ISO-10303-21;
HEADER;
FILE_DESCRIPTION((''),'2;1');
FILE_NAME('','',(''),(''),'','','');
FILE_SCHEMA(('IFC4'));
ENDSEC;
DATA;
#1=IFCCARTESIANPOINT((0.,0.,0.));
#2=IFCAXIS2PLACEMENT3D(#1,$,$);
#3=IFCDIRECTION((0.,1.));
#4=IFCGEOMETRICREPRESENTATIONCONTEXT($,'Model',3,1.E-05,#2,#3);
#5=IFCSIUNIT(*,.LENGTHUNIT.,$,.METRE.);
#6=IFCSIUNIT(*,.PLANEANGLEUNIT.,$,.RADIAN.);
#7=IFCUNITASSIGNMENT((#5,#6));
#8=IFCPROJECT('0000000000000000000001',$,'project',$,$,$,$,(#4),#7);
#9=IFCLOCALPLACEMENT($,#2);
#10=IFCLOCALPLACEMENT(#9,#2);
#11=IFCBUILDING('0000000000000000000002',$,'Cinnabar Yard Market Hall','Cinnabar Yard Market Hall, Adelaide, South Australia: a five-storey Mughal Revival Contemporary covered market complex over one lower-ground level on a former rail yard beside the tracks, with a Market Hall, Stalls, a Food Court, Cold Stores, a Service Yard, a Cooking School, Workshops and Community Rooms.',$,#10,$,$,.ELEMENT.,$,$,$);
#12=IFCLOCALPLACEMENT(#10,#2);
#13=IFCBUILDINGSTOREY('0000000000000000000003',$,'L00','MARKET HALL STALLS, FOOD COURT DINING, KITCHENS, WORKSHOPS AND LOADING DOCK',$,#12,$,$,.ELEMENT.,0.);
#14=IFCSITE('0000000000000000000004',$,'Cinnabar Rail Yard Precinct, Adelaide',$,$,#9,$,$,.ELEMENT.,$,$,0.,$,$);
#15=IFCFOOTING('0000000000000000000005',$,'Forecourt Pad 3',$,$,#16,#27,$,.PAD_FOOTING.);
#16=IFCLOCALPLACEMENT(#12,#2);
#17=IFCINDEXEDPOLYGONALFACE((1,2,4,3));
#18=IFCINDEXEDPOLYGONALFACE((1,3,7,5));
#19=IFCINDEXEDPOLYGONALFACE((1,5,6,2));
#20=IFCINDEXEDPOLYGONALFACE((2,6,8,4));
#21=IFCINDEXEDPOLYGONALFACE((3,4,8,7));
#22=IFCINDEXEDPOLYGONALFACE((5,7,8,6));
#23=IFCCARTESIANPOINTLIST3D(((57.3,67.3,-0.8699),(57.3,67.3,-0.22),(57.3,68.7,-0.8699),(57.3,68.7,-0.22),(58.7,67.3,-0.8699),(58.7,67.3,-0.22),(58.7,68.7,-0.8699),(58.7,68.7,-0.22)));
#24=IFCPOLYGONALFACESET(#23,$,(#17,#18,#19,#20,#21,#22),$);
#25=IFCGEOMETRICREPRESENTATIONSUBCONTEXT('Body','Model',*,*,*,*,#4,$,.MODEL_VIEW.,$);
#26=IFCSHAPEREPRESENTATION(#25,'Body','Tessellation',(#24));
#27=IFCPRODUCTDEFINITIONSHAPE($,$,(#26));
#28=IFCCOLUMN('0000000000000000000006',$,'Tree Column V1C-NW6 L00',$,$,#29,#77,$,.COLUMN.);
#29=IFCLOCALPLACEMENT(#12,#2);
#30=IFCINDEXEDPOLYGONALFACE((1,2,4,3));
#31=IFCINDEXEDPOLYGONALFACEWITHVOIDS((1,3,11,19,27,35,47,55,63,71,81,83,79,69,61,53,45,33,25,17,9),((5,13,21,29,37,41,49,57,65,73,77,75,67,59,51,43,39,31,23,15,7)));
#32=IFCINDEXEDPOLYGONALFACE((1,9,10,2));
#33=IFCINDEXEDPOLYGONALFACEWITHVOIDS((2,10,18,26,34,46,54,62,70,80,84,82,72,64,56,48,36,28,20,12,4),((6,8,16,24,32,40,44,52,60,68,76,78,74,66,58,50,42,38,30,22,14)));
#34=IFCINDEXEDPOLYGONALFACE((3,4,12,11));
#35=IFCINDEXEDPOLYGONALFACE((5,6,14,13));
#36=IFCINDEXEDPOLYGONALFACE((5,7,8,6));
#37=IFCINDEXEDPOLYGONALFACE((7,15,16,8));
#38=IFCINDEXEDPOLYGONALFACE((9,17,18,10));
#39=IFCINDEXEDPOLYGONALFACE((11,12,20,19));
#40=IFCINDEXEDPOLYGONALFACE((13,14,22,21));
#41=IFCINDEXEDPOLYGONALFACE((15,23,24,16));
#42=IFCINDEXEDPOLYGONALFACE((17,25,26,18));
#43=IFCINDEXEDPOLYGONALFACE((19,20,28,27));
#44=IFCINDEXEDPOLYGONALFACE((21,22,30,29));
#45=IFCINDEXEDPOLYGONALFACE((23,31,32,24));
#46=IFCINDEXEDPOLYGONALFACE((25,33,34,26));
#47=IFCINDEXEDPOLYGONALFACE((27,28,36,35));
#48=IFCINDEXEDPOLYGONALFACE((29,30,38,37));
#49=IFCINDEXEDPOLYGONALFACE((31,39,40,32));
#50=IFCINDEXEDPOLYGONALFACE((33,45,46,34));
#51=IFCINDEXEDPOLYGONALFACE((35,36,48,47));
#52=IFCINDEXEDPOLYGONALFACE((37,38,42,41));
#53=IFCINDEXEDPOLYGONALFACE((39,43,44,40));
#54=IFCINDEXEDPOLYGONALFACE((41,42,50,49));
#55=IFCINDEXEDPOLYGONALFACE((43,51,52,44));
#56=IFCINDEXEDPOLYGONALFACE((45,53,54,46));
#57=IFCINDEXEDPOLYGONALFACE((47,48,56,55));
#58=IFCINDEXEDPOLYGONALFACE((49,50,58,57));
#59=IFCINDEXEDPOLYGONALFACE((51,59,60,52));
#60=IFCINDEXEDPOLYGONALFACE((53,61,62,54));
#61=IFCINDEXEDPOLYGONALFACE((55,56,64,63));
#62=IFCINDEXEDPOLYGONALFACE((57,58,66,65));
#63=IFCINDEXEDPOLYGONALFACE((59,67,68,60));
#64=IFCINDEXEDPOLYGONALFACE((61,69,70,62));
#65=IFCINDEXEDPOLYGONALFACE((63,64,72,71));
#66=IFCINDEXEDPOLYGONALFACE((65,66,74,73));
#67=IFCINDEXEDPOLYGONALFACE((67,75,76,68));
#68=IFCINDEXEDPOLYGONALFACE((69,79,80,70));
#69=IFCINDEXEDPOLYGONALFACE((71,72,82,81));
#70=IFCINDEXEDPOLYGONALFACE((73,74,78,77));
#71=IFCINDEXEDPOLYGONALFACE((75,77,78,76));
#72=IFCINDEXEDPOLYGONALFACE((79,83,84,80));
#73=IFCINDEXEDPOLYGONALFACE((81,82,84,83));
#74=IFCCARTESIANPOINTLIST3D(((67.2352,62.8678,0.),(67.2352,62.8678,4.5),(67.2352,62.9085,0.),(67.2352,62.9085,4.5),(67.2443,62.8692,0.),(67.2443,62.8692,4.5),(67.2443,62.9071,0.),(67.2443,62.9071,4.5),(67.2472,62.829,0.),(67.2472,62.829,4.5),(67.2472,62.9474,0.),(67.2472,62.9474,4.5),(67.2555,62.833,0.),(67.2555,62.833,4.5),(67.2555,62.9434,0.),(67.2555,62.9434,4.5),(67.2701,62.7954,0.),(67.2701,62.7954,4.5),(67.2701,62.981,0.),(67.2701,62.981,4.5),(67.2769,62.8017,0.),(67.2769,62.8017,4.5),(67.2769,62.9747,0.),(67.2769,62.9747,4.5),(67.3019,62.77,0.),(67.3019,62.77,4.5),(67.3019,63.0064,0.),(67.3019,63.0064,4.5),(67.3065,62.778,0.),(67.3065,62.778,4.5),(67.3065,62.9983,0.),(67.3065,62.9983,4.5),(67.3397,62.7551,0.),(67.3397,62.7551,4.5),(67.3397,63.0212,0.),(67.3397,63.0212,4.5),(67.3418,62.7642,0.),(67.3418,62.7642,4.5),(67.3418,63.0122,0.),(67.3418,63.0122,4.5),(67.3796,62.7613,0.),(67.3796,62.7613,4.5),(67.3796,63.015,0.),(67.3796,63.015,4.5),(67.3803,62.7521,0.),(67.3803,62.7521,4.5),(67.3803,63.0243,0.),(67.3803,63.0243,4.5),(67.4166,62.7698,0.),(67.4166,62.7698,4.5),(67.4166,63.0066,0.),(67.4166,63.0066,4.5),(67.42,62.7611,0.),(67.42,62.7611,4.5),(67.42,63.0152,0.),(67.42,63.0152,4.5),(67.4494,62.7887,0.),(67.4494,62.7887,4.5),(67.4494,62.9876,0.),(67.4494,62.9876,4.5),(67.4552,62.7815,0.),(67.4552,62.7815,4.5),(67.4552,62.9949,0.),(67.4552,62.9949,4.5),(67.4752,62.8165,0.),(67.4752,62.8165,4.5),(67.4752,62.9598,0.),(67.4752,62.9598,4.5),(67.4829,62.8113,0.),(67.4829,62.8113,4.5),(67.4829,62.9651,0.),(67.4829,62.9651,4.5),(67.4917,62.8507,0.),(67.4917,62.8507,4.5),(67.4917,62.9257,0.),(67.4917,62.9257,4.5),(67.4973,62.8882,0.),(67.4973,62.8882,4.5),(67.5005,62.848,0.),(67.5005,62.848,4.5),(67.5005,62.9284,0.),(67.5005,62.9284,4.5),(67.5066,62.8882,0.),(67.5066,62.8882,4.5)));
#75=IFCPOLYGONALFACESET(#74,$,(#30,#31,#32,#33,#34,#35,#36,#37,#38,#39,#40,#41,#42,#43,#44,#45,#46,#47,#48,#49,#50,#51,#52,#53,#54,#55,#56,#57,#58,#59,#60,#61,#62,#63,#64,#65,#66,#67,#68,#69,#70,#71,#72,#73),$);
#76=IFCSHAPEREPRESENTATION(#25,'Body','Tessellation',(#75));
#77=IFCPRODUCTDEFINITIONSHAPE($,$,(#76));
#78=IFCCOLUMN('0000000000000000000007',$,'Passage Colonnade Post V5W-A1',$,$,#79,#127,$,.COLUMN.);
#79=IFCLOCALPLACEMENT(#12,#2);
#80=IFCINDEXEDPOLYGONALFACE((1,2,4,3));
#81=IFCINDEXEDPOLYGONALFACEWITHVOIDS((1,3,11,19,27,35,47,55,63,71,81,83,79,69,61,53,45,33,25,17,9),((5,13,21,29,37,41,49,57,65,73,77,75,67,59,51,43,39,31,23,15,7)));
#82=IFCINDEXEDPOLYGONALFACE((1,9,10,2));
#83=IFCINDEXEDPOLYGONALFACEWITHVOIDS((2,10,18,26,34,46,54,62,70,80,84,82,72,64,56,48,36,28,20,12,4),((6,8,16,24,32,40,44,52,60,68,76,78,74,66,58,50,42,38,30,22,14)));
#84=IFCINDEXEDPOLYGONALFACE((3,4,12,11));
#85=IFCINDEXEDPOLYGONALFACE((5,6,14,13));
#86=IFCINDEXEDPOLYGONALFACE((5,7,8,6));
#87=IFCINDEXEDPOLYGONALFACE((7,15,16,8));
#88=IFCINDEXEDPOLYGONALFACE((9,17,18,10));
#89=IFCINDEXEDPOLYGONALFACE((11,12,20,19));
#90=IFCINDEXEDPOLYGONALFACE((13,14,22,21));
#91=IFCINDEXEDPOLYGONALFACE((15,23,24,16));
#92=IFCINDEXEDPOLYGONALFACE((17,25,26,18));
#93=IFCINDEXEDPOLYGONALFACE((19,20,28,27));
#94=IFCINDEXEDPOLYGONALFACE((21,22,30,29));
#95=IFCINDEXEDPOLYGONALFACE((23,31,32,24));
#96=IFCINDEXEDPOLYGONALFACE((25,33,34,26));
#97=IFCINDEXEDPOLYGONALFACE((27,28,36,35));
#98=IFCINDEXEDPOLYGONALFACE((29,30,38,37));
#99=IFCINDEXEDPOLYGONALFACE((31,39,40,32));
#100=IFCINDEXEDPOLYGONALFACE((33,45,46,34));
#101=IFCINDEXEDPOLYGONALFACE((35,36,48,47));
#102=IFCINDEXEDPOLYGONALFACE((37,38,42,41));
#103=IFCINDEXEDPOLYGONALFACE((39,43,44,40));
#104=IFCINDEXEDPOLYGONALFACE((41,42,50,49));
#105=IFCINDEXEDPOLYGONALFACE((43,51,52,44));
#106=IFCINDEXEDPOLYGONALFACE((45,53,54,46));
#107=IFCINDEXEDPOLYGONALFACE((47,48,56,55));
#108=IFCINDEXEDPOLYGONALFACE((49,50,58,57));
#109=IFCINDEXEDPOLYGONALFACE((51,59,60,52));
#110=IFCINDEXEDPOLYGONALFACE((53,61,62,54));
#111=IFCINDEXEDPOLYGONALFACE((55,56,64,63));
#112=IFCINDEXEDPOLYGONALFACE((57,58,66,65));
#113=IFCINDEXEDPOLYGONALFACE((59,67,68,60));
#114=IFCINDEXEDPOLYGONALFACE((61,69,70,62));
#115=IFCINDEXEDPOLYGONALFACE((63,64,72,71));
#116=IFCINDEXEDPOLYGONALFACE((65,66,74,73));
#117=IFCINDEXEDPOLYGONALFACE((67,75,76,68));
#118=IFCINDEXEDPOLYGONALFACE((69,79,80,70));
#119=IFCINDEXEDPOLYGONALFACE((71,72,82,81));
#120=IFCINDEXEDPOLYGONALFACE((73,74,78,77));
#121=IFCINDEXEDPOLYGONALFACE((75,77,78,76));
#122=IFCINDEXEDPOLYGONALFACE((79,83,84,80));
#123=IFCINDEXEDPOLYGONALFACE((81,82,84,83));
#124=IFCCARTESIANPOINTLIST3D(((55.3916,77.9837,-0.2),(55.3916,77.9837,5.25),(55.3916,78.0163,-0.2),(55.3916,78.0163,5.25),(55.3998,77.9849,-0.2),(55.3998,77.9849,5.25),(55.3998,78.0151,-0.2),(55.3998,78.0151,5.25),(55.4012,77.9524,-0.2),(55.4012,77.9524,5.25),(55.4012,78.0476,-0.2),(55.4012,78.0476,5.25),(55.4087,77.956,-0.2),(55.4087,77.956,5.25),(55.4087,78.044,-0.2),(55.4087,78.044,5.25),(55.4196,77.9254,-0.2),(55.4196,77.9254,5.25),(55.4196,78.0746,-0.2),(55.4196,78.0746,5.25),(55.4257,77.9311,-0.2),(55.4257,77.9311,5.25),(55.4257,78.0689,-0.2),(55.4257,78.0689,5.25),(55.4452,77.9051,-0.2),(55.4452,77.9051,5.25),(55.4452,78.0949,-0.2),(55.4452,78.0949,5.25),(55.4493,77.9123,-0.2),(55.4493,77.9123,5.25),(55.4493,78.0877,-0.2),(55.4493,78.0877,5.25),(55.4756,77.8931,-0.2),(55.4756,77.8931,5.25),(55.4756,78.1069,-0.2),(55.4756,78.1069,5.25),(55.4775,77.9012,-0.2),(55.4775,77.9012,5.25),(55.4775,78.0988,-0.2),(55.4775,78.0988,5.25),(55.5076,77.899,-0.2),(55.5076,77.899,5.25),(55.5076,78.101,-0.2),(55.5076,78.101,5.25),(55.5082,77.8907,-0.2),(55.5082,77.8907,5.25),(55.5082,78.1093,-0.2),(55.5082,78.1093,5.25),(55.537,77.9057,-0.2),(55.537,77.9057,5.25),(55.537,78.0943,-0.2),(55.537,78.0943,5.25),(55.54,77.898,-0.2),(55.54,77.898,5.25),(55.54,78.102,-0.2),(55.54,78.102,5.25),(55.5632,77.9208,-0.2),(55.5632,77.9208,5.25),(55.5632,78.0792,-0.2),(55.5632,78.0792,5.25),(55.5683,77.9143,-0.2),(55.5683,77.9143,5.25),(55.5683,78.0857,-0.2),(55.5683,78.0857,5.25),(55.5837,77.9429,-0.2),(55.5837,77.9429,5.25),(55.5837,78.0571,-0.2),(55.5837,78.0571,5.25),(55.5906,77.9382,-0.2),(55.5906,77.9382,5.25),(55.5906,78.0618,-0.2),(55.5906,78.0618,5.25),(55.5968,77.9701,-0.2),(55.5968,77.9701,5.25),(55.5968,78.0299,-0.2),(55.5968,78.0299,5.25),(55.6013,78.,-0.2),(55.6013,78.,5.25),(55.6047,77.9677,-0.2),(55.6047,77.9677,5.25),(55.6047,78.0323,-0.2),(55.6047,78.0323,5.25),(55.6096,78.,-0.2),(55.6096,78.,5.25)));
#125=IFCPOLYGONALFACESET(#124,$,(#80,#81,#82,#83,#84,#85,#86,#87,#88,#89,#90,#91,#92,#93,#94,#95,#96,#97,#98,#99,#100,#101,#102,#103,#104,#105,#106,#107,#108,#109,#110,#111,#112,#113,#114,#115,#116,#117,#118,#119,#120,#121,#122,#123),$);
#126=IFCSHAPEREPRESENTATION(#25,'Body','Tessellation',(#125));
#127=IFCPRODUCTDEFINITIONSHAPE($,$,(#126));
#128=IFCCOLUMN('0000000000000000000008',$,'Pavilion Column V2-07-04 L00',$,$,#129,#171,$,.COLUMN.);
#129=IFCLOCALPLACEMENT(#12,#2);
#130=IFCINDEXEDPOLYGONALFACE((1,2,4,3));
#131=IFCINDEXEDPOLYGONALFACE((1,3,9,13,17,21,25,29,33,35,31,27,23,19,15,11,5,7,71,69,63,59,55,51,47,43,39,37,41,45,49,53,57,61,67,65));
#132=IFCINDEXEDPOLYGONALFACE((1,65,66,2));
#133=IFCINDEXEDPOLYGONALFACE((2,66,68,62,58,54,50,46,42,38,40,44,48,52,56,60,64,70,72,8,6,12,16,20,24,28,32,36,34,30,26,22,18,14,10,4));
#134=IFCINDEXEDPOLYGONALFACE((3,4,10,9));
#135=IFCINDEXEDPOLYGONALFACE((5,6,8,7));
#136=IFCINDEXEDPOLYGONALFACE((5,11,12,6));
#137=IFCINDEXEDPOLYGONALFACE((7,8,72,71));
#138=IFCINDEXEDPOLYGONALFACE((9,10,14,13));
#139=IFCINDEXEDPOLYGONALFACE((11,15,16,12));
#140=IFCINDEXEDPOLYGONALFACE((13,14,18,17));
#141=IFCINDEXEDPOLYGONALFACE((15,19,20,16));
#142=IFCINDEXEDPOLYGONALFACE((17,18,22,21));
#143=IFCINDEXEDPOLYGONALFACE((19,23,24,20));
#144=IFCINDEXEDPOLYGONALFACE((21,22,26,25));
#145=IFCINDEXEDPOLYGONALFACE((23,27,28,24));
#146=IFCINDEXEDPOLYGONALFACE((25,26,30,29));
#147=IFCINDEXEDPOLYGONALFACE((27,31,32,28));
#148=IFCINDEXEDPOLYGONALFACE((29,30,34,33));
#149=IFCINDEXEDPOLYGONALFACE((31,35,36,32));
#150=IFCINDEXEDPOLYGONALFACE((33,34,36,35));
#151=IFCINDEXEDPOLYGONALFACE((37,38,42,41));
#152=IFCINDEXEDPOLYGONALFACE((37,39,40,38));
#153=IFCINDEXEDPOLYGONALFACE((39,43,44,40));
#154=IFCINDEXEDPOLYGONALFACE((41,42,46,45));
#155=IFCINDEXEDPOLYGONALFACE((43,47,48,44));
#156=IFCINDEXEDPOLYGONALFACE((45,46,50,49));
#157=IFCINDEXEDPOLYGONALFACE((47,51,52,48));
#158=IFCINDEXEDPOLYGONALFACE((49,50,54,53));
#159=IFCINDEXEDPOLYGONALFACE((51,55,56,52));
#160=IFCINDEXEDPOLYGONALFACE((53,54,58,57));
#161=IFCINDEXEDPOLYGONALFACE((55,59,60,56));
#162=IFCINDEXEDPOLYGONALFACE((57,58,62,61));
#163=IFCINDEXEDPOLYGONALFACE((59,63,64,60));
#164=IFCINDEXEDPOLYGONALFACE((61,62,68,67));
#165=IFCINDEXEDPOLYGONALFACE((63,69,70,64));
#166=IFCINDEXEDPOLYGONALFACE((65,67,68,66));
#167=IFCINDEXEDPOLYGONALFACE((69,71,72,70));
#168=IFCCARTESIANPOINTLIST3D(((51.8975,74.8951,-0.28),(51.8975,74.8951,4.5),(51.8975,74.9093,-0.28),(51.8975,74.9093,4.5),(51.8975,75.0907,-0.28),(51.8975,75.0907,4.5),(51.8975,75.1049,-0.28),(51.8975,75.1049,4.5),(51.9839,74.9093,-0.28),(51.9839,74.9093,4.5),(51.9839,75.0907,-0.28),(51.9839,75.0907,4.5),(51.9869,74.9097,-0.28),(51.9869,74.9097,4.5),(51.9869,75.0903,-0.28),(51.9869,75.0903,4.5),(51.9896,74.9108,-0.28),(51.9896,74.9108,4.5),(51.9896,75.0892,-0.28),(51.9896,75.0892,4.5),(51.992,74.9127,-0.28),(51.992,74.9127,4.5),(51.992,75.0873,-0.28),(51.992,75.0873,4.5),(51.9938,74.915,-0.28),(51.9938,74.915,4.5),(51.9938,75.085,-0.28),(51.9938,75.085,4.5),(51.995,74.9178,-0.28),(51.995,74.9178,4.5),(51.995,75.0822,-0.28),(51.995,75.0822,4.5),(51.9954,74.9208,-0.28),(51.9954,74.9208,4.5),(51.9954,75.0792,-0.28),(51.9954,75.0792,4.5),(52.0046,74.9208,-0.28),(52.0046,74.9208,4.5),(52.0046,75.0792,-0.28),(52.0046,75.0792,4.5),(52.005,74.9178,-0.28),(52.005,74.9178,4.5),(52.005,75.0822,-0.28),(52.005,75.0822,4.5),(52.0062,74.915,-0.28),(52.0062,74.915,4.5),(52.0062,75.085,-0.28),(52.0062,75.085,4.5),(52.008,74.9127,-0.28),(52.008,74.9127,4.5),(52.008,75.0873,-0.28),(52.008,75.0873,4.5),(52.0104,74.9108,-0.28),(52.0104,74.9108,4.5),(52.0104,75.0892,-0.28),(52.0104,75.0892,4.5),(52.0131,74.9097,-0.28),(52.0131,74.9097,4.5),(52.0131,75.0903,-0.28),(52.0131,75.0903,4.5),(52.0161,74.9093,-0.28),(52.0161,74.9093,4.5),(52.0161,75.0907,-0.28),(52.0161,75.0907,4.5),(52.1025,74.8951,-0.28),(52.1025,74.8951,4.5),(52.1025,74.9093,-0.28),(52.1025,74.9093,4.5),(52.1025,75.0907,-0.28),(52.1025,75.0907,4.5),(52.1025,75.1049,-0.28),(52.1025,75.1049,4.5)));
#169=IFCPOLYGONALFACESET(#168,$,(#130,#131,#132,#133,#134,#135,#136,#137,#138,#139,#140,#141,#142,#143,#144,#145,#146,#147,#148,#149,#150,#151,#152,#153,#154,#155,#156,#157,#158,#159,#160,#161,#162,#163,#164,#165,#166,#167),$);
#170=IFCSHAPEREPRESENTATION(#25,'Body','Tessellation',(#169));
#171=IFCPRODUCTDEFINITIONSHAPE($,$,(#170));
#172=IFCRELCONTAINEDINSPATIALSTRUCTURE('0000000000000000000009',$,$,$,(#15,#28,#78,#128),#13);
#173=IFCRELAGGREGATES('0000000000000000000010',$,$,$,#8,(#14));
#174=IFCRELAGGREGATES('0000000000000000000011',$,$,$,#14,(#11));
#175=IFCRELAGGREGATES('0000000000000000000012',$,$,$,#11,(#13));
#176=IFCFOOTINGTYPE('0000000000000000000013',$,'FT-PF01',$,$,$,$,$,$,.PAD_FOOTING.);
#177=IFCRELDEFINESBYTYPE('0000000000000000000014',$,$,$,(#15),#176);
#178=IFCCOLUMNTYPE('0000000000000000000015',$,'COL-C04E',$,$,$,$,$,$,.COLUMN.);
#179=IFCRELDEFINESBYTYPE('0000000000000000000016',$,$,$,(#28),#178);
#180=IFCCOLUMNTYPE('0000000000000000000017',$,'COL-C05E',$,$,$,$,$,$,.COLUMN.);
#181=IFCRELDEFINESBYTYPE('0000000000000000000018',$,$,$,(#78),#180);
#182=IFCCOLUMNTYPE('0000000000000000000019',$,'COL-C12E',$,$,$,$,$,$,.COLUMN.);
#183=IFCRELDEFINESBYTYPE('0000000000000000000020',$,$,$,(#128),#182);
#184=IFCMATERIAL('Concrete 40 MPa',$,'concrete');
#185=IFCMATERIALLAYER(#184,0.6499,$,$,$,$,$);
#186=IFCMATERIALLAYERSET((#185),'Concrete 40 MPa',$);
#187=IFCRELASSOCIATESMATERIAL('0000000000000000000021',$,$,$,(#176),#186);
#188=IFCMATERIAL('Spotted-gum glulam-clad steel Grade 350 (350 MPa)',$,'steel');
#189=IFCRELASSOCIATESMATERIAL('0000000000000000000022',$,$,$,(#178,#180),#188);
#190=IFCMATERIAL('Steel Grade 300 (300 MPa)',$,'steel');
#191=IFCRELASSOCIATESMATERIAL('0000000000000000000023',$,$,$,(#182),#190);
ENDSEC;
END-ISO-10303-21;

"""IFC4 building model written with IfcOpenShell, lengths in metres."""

from ifc_helpers import new_model, si_unit, direction, frame, origin, origin_2d_with_axis, place, context, subcontext, project, spatial, rectangle, hollow_circle, i_section, extrude, material, layer, layer_set, material_profile, profile_set, type_object, element, save


model = new_model("IFC4")

# Units and contexts
model_context = context("Model", 3, precision=1e-05, world=origin(), true_north=direction((0.0, 1.0)))
body_context = subcontext(model_context, "Body", "Model", "MODEL_VIEW")
ifc_project = project(units=[si_unit("LENGTHUNIT", "METRE"), si_unit("PLANEANGLEUNIT", "RADIAN")], contexts=[model_context])

# Site, building, storey
site_placement = place(None, origin())
site = spatial("IfcSite", under=ifc_project, at=site_placement, Name="Cinnabar Rail Yard Precinct, Adelaide", CompositionType="ELEMENT", RefElevation=0.0)
building_placement = place(site_placement, origin())
building = spatial("IfcBuilding", under=site, at=building_placement, Name="Cinnabar Yard Market Hall", Description="Cinnabar Yard Market Hall, Adelaide, South Australia: a five-storey Mughal Revival Contemporary covered market complex over one lower-ground level on a former rail yard beside the tracks, with a Market Hall, Stalls, a Food Court, Cold Stores, a Service Yard, a Cooking School, Workshops and Community Rooms.", CompositionType="ELEMENT")
storey_placement = place(building_placement, origin())
storey = spatial("IfcBuildingStorey", under=building, at=storey_placement, Name="L00", Description="MARKET HALL STALLS, FOOD COURT DINING, KITCHENS, WORKSHOPS AND LOADING DOCK", CompositionType="ELEMENT", Elevation=0.0)

# Footing
ifc_material_1 = material(Name="Concrete 40 MPa", Category="concrete")
ifc_layer_1 = layer(ifc_material_1, 0.6499)
ifc_layer_set_1 = layer_set([ifc_layer_1], Name="Concrete 40 MPa")
footing_type = type_object("IfcFootingType", Name="FT-PF01", PredefinedType="PAD_FOOTING", material=ifc_layer_set_1)
footing_placement = place(storey_placement, frame((58.0, 68.0, -0.8699), z_axis=(0.0, 0.0, 1.0), x_axis=(1.0, 0.0, 0.0)))
element("IfcFooting", 1, at=footing_placement, inside=storey, type_object=footing_type, Name="Forecourt Pad 3", PredefinedType="PAD_FOOTING", context=body_context, shape_type="SweptSolid", body=[
    extrude(rectangle(XDim=1.3999, YDim=1.3999, at=origin_2d_with_axis()), origin(), (0.0, 0.0, 1.0), 0.6499),
])

# Columns
ifc_material_2 = material(Name="Spotted-gum glulam-clad steel Grade 350 (350 MPa)", Category="steel")
ifc_material_profile_1 = material_profile(ifc_material_2, hollow_circle(Radius=0.1365, WallThickness=0.0093, at=origin_2d_with_axis()), Name="273.1x9.3CHS")
ifc_profile_set_1 = profile_set([ifc_material_profile_1], Name="Spotted-gum glulam-clad steel Grade 350 (350 MPa)")
column_type_1 = type_object("IfcColumnType", Name="COL-C04E", PredefinedType="COLUMN", material=ifc_profile_set_1)
column_1_placement = place(storey_placement, frame((67.3701, 62.8882, 0.0), z_axis=(0.0, 0.0, 1.0), x_axis=(1.0, 0.0, 0.0)))
element("IfcColumn", 2, at=column_1_placement, inside=storey, type_object=column_type_1, Name="Tree Column V1C-NW6 L00", PredefinedType="COLUMN", context=body_context, shape_type="SweptSolid", body=[
    extrude(hollow_circle(Radius=0.1365, WallThickness=0.0093, at=origin_2d_with_axis()), origin(), (0.0, 0.0, 1.0), 4.5),
])
ifc_material_profile_2 = material_profile(ifc_material_2, hollow_circle(Radius=0.1096, WallThickness=0.0083, at=origin_2d_with_axis()), Name="219.1x8.2CHS")
ifc_profile_set_2 = profile_set([ifc_material_profile_2], Name="Spotted-gum glulam-clad steel Grade 350 (350 MPa)")
column_type_2 = type_object("IfcColumnType", Name="COL-C05E", PredefinedType="COLUMN", material=ifc_profile_set_2)
column_2_placement = place(storey_placement, frame((55.5, 78.0, -0.2), z_axis=(0.0, 0.0, 1.0), x_axis=(1.0, 0.0, 0.0)))
element("IfcColumn", 3, at=column_2_placement, inside=storey, type_object=column_type_2, Name="Passage Colonnade Post V5W-A1", PredefinedType="COLUMN", context=body_context, shape_type="SweptSolid", body=[
    extrude(hollow_circle(Radius=0.1096, WallThickness=0.0083, at=origin_2d_with_axis()), origin(), (0.0, 0.0, 1.0), 5.45),
])
ifc_material_3 = material(Name="Steel Grade 300 (300 MPa)", Category="steel")
ifc_material_profile_3 = material_profile(ifc_material_3, i_section(OverallWidth=0.2051, OverallDepth=0.2097, WebThickness=0.0093, FlangeThickness=0.0142, FilletRadius=0.0115, at=origin_2d_with_axis()), Name="200UC59.5")
ifc_profile_set_3 = profile_set([ifc_material_profile_3], Name="Steel Grade 300 (300 MPa)")
column_type_3 = type_object("IfcColumnType", Name="COL-C12E", PredefinedType="COLUMN", material=ifc_profile_set_3)
column_3_placement = place(storey_placement, frame((52.0, 75.0, -0.28), z_axis=(0.0, 0.0, 1.0), x_axis=(1.0, 0.0, 0.0)))
element("IfcColumn", 4, at=column_3_placement, inside=storey, type_object=column_type_3, Name="Pavilion Column V2-07-04 L00", PredefinedType="COLUMN", context=body_context, shape_type="SweptSolid", body=[
    extrude(i_section(OverallWidth=0.2051, OverallDepth=0.2097, WebThickness=0.0093, FlangeThickness=0.0142, FilletRadius=0.0115, at=origin_2d_with_axis()), origin(), (0.0, 0.0, 1.0), 4.78),
])

save(model, "model.ifc")
